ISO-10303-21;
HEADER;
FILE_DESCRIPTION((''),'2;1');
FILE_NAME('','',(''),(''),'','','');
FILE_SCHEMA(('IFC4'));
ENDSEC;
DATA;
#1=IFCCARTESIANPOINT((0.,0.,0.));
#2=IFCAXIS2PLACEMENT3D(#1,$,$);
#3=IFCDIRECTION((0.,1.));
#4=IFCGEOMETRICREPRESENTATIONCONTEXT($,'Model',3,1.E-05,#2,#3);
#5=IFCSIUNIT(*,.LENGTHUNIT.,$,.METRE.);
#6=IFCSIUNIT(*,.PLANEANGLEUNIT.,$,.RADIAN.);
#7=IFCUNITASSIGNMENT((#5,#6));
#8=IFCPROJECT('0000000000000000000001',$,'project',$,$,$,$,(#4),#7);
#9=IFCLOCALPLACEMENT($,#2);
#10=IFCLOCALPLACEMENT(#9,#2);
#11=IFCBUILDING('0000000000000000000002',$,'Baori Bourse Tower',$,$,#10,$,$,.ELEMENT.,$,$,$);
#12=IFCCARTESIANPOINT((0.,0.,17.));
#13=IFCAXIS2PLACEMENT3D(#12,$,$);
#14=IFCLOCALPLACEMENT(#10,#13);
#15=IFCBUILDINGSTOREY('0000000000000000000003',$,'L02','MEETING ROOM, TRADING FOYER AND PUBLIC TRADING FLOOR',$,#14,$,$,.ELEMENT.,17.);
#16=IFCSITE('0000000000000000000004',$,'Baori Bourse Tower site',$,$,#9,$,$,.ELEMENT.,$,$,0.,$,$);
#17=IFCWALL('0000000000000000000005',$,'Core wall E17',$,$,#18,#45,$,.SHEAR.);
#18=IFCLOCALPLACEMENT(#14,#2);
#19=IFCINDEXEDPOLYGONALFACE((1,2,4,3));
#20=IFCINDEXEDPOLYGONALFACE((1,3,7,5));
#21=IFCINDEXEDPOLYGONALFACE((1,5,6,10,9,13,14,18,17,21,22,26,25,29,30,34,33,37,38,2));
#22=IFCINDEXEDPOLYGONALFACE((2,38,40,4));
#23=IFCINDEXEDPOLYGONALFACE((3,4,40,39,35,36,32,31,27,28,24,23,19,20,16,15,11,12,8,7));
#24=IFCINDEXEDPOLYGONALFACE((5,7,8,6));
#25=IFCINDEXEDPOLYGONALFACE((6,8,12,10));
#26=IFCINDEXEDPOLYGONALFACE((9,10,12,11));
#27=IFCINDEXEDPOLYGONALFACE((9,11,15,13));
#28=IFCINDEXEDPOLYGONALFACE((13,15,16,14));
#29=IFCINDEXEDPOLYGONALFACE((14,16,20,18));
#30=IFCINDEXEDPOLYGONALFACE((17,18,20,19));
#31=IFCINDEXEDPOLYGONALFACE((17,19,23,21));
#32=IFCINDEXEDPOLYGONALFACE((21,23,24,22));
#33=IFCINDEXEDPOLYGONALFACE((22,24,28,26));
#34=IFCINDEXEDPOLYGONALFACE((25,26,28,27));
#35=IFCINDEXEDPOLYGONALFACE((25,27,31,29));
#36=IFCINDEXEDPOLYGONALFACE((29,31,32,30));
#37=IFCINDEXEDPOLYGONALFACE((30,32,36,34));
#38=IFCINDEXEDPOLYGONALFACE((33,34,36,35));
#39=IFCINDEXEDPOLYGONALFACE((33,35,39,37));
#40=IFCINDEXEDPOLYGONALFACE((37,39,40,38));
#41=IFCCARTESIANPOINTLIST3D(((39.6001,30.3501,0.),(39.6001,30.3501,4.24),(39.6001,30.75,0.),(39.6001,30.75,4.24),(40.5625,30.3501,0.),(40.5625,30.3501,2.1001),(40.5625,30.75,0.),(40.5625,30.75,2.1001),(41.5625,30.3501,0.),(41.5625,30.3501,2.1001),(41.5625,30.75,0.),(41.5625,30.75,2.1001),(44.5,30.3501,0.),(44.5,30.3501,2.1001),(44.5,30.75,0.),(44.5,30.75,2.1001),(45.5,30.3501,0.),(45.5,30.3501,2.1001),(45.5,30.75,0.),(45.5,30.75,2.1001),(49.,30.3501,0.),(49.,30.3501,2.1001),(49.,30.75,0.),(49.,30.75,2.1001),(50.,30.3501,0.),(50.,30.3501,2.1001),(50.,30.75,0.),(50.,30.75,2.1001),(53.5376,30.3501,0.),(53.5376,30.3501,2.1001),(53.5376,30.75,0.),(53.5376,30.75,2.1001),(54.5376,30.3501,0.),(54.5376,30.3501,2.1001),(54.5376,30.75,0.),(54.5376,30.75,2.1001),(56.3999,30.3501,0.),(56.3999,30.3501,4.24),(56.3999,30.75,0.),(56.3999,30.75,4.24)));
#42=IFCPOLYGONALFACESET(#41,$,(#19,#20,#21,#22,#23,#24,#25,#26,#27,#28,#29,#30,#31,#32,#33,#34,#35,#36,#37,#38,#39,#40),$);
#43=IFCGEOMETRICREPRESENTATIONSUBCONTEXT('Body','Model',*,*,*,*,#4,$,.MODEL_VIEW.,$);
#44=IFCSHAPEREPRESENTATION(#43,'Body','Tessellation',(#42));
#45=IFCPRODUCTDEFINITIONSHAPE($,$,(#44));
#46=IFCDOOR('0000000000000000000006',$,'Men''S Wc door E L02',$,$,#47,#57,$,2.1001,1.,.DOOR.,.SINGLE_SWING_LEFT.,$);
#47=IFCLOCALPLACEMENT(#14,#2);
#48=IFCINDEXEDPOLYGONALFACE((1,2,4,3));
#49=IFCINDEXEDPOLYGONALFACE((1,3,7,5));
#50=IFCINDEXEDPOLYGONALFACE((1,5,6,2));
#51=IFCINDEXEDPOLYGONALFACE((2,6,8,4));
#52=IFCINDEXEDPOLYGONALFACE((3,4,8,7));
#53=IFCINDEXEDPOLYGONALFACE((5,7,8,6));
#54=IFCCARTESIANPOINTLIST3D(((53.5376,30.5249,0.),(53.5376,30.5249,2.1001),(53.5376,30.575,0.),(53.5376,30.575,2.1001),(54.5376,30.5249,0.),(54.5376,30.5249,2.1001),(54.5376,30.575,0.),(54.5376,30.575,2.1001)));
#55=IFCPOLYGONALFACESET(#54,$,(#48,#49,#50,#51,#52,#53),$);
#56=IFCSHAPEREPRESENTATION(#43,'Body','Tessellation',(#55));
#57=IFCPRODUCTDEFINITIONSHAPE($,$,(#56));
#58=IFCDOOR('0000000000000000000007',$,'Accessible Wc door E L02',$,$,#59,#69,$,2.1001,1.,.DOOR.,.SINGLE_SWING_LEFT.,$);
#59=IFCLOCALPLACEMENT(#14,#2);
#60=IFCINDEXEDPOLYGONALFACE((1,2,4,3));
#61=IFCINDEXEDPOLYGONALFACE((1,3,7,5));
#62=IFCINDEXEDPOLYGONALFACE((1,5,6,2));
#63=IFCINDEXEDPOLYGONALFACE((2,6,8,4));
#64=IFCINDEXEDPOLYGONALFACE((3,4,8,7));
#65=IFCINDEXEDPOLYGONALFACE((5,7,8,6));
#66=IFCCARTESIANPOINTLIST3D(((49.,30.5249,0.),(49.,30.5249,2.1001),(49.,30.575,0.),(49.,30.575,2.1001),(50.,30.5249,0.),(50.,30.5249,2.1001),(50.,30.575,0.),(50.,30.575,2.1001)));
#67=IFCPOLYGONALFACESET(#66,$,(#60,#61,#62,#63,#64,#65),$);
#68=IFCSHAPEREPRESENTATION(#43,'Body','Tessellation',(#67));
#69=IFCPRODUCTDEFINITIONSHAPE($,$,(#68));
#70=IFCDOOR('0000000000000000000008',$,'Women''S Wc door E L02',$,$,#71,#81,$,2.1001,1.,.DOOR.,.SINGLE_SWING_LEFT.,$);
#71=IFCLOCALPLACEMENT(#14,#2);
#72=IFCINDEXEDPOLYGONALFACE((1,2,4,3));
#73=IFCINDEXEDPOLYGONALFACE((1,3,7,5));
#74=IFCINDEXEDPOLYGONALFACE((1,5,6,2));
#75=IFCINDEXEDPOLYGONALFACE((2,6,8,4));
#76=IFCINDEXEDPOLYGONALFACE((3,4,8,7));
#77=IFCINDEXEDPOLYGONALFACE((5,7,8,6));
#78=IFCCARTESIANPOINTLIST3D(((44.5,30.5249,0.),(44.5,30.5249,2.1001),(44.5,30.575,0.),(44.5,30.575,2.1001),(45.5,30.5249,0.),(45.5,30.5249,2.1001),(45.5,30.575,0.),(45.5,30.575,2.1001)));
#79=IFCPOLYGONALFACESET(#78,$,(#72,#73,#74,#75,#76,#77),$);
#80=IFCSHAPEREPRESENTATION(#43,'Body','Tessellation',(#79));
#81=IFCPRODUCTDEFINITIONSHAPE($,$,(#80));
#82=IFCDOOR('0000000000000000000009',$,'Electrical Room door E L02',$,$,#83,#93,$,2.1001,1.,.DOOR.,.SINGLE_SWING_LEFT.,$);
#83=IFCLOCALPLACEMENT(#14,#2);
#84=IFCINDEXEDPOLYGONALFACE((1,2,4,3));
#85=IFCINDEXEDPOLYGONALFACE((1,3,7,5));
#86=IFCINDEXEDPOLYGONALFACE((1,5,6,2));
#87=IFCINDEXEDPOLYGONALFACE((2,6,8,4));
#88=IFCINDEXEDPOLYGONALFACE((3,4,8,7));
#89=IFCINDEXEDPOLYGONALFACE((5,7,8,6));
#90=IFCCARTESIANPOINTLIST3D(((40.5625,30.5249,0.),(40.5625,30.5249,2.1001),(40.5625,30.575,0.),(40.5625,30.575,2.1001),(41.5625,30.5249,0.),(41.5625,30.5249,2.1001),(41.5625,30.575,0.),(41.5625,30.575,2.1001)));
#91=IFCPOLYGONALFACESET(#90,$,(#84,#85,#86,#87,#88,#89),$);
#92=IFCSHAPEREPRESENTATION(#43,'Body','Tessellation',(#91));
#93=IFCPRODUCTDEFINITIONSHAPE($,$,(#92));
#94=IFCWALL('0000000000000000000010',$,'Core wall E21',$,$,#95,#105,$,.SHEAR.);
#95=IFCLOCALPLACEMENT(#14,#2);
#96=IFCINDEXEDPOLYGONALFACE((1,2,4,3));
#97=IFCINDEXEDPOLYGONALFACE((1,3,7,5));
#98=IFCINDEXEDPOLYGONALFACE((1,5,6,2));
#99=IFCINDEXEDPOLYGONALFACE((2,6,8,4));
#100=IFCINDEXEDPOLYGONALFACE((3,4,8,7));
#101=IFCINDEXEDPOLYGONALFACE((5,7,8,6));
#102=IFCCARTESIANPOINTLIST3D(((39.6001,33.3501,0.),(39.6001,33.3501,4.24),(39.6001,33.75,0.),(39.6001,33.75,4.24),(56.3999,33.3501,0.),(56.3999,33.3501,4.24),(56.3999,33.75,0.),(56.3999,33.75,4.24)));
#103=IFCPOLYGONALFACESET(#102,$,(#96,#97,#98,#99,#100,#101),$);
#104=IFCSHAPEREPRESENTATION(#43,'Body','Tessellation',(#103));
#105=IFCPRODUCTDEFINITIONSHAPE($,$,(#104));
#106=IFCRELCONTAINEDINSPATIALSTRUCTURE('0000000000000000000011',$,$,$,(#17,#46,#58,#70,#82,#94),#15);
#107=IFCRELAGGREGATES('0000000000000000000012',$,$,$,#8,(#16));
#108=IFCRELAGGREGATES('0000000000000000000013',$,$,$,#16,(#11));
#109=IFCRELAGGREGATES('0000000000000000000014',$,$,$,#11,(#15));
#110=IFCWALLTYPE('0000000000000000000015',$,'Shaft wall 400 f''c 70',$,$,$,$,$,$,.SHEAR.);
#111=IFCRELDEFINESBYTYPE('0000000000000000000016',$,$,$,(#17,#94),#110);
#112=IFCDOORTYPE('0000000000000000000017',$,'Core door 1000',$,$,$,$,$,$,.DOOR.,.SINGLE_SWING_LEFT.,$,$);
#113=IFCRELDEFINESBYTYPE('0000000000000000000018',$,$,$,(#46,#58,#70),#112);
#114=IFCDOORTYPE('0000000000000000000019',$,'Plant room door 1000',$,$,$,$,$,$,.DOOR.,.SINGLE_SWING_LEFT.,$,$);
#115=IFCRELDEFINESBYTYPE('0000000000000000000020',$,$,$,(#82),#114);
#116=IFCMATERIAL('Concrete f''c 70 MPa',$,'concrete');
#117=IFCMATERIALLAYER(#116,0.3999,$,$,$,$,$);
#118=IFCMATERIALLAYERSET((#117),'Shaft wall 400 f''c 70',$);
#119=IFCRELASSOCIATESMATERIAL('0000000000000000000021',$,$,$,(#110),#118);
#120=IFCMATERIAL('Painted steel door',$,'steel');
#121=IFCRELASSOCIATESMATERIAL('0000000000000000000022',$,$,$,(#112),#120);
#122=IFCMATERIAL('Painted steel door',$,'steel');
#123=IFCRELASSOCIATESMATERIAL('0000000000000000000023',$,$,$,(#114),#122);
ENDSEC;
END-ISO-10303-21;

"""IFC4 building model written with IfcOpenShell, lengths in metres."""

from ifc_helpers import new_model, si_unit, direction, frame, frame_2d, origin, place, context, subcontext, project, spatial, rectangle, extrude, material, layer, layer_set, type_object, element, fill, save


model = new_model("IFC4")

# Units and contexts
model_context = context("Model", 3, precision=1e-05, world=origin(), true_north=direction((0.0, 1.0)))
body_context = subcontext(model_context, "Body", "Model", "MODEL_VIEW")
ifc_project = project(units=[si_unit("LENGTHUNIT", "METRE"), si_unit("PLANEANGLEUNIT", "RADIAN")], contexts=[model_context])

# Site, building, storey
site_placement = place(None, origin())
site = spatial("IfcSite", under=ifc_project, at=site_placement, Name="Baori Bourse Tower site", CompositionType="ELEMENT", RefElevation=0.0)
building_placement = place(site_placement, origin())
building = spatial("IfcBuilding", under=site, at=building_placement, Name="Baori Bourse Tower", CompositionType="ELEMENT")
storey_placement = place(building_placement, frame((0.0, 0.0, 17.0)))
storey = spatial("IfcBuildingStorey", under=building, at=storey_placement, Name="L02", Description="MEETING ROOM, TRADING FOYER AND PUBLIC TRADING FLOOR", CompositionType="ELEMENT", Elevation=17.0)

# Wall, openings, doors
ifc_material_1 = material(Name="Concrete f'c 70 MPa", Category="concrete")
ifc_layer_1 = layer(ifc_material_1, 0.3999)
ifc_layer_set_1 = layer_set([ifc_layer_1], Name="Shaft wall 400 f'c 70")
wall_type_1 = type_object("IfcWallType", Name="Shaft wall 400 f'c 70", PredefinedType="SHEAR", material=ifc_layer_set_1)
wall_1_placement = place(storey_placement, frame((39.6001, 30.55, 0.0), z_axis=(0.0, 0.0, 1.0), x_axis=(1.0, 0.0, 0.0)))
wall_1 = element("IfcWall", 1, at=wall_1_placement, inside=storey, type_object=wall_type_1, Name="Core wall E17", PredefinedType="SHEAR", context=body_context, shape_type="SweptSolid", body=[
    extrude(rectangle(XDim=16.7998, YDim=0.3999, at=frame_2d((8.3999, 0.0))), origin(), (0.0, 0.0, 1.0), 4.24),
])
opening_1_placement = place(wall_1_placement, frame((13.9375, 0.0, 0.0)))
opening_1 = element("IfcOpeningElement", 2, at=opening_1_placement, cuts=wall_1, PredefinedType="OPENING", context=body_context, shape_type="SweptSolid", body=[
    extrude(rectangle(XDim=1.0, YDim=2.1001, at=frame_2d((0.5, 1.05))), frame((0.0, 0.21, 0.0), z_axis=(0.0, -1.0, 0.0), x_axis=(1.0, 0.0, 0.0)), (0.0, 0.0, 1.0), 0.4199),
])
opening_2_placement = place(wall_1_placement, frame((9.3999, 0.0, 0.0)))
opening_2 = element("IfcOpeningElement", 3, at=opening_2_placement, cuts=wall_1, PredefinedType="OPENING", context=body_context, shape_type="SweptSolid", body=[
    extrude(rectangle(XDim=1.0, YDim=2.1001, at=frame_2d((0.5, 1.05))), frame((0.0, 0.21, 0.0), z_axis=(0.0, -1.0, 0.0), x_axis=(1.0, 0.0, 0.0)), (0.0, 0.0, 1.0), 0.4199),
])
opening_3_placement = place(wall_1_placement, frame((4.8999, 0.0, 0.0)))
opening_3 = element("IfcOpeningElement", 4, at=opening_3_placement, cuts=wall_1, PredefinedType="OPENING", context=body_context, shape_type="SweptSolid", body=[
    extrude(rectangle(XDim=1.0, YDim=2.1001, at=frame_2d((0.5, 1.05))), frame((0.0, 0.21, 0.0), z_axis=(0.0, -1.0, 0.0), x_axis=(1.0, 0.0, 0.0)), (0.0, 0.0, 1.0), 0.4199),
])
opening_4_placement = place(wall_1_placement, frame((0.9624, 0.0, 0.0)))
opening_4 = element("IfcOpeningElement", 5, at=opening_4_placement, cuts=wall_1, PredefinedType="OPENING", context=body_context, shape_type="SweptSolid", body=[
    extrude(rectangle(XDim=1.0, YDim=2.1001, at=frame_2d((0.5, 1.05))), frame((0.0, 0.21, 0.0), z_axis=(0.0, -1.0, 0.0), x_axis=(1.0, 0.0, 0.0)), (0.0, 0.0, 1.0), 0.4199),
])
ifc_material_2 = material(Name="Painted steel door", Category="steel")
door_type_1 = type_object("IfcDoorType", Name="Core door 1000", OperationType="SINGLE_SWING_LEFT", PredefinedType="DOOR", material=ifc_material_2)
door_1_placement = place(opening_1_placement, origin())
door_1 = element("IfcDoor", 6, at=door_1_placement, inside=storey, type_object=door_type_1, Name="Men'S Wc door E L02", OperationType="SINGLE_SWING_LEFT", OverallHeight=2.1001, OverallWidth=1.0, PredefinedType="DOOR", context=body_context, shape_type="SweptSolid", body=[
    extrude(rectangle(XDim=1.0, YDim=2.1001, at=frame_2d((0.5, 1.05))), frame((0.0, 0.0249, 0.0), z_axis=(0.0, -1.0, 0.0), x_axis=(1.0, 0.0, 0.0)), (0.0, 0.0, 1.0), 0.05),
])
fill(opening_1, door_1)
door_2_placement = place(opening_2_placement, origin())
door_2 = element("IfcDoor", 7, at=door_2_placement, inside=storey, type_object=door_type_1, Name="Accessible Wc door E L02", OperationType="SINGLE_SWING_LEFT", OverallHeight=2.1001, OverallWidth=1.0, PredefinedType="DOOR", context=body_context, shape_type="SweptSolid", body=[
    extrude(rectangle(XDim=1.0, YDim=2.1001, at=frame_2d((0.5, 1.05))), frame((0.0, 0.0249, 0.0), z_axis=(0.0, -1.0, 0.0), x_axis=(1.0, 0.0, 0.0)), (0.0, 0.0, 1.0), 0.05),
])
fill(opening_2, door_2)
door_3_placement = place(opening_3_placement, origin())
door_3 = element("IfcDoor", 8, at=door_3_placement, inside=storey, type_object=door_type_1, Name="Women'S Wc door E L02", OperationType="SINGLE_SWING_LEFT", OverallHeight=2.1001, OverallWidth=1.0, PredefinedType="DOOR", context=body_context, shape_type="SweptSolid", body=[
    extrude(rectangle(XDim=1.0, YDim=2.1001, at=frame_2d((0.5, 1.05))), frame((0.0, 0.0249, 0.0), z_axis=(0.0, -1.0, 0.0), x_axis=(1.0, 0.0, 0.0)), (0.0, 0.0, 1.0), 0.05),
])
fill(opening_3, door_3)
ifc_material_3 = material(Name="Painted steel door", Category="steel")
door_type_2 = type_object("IfcDoorType", Name="Plant room door 1000", OperationType="SINGLE_SWING_LEFT", PredefinedType="DOOR", material=ifc_material_3)
door_4_placement = place(opening_4_placement, origin())
door_4 = element("IfcDoor", 9, at=door_4_placement, inside=storey, type_object=door_type_2, Name="Electrical Room door E L02", OperationType="SINGLE_SWING_LEFT", OverallHeight=2.1001, OverallWidth=1.0, PredefinedType="DOOR", context=body_context, shape_type="SweptSolid", body=[
    extrude(rectangle(XDim=1.0, YDim=2.1001, at=frame_2d((0.5, 1.05))), frame((0.0, 0.0249, 0.0), z_axis=(0.0, -1.0, 0.0), x_axis=(1.0, 0.0, 0.0)), (0.0, 0.0, 1.0), 0.05),
])
fill(opening_4, door_4)

# Wall
wall_2_placement = place(storey_placement, frame((39.6001, 33.55, 0.0), z_axis=(0.0, 0.0, 1.0), x_axis=(1.0, 0.0, 0.0)))
element("IfcWall", 10, at=wall_2_placement, inside=storey, type_object=wall_type_1, Name="Core wall E21", PredefinedType="SHEAR", context=body_context, shape_type="SweptSolid", body=[
    extrude(rectangle(XDim=16.7998, YDim=0.3999, at=frame_2d((8.3999, 0.0))), origin(), (0.0, 0.0, 1.0), 4.24),
])

save(model, "model.ifc")
